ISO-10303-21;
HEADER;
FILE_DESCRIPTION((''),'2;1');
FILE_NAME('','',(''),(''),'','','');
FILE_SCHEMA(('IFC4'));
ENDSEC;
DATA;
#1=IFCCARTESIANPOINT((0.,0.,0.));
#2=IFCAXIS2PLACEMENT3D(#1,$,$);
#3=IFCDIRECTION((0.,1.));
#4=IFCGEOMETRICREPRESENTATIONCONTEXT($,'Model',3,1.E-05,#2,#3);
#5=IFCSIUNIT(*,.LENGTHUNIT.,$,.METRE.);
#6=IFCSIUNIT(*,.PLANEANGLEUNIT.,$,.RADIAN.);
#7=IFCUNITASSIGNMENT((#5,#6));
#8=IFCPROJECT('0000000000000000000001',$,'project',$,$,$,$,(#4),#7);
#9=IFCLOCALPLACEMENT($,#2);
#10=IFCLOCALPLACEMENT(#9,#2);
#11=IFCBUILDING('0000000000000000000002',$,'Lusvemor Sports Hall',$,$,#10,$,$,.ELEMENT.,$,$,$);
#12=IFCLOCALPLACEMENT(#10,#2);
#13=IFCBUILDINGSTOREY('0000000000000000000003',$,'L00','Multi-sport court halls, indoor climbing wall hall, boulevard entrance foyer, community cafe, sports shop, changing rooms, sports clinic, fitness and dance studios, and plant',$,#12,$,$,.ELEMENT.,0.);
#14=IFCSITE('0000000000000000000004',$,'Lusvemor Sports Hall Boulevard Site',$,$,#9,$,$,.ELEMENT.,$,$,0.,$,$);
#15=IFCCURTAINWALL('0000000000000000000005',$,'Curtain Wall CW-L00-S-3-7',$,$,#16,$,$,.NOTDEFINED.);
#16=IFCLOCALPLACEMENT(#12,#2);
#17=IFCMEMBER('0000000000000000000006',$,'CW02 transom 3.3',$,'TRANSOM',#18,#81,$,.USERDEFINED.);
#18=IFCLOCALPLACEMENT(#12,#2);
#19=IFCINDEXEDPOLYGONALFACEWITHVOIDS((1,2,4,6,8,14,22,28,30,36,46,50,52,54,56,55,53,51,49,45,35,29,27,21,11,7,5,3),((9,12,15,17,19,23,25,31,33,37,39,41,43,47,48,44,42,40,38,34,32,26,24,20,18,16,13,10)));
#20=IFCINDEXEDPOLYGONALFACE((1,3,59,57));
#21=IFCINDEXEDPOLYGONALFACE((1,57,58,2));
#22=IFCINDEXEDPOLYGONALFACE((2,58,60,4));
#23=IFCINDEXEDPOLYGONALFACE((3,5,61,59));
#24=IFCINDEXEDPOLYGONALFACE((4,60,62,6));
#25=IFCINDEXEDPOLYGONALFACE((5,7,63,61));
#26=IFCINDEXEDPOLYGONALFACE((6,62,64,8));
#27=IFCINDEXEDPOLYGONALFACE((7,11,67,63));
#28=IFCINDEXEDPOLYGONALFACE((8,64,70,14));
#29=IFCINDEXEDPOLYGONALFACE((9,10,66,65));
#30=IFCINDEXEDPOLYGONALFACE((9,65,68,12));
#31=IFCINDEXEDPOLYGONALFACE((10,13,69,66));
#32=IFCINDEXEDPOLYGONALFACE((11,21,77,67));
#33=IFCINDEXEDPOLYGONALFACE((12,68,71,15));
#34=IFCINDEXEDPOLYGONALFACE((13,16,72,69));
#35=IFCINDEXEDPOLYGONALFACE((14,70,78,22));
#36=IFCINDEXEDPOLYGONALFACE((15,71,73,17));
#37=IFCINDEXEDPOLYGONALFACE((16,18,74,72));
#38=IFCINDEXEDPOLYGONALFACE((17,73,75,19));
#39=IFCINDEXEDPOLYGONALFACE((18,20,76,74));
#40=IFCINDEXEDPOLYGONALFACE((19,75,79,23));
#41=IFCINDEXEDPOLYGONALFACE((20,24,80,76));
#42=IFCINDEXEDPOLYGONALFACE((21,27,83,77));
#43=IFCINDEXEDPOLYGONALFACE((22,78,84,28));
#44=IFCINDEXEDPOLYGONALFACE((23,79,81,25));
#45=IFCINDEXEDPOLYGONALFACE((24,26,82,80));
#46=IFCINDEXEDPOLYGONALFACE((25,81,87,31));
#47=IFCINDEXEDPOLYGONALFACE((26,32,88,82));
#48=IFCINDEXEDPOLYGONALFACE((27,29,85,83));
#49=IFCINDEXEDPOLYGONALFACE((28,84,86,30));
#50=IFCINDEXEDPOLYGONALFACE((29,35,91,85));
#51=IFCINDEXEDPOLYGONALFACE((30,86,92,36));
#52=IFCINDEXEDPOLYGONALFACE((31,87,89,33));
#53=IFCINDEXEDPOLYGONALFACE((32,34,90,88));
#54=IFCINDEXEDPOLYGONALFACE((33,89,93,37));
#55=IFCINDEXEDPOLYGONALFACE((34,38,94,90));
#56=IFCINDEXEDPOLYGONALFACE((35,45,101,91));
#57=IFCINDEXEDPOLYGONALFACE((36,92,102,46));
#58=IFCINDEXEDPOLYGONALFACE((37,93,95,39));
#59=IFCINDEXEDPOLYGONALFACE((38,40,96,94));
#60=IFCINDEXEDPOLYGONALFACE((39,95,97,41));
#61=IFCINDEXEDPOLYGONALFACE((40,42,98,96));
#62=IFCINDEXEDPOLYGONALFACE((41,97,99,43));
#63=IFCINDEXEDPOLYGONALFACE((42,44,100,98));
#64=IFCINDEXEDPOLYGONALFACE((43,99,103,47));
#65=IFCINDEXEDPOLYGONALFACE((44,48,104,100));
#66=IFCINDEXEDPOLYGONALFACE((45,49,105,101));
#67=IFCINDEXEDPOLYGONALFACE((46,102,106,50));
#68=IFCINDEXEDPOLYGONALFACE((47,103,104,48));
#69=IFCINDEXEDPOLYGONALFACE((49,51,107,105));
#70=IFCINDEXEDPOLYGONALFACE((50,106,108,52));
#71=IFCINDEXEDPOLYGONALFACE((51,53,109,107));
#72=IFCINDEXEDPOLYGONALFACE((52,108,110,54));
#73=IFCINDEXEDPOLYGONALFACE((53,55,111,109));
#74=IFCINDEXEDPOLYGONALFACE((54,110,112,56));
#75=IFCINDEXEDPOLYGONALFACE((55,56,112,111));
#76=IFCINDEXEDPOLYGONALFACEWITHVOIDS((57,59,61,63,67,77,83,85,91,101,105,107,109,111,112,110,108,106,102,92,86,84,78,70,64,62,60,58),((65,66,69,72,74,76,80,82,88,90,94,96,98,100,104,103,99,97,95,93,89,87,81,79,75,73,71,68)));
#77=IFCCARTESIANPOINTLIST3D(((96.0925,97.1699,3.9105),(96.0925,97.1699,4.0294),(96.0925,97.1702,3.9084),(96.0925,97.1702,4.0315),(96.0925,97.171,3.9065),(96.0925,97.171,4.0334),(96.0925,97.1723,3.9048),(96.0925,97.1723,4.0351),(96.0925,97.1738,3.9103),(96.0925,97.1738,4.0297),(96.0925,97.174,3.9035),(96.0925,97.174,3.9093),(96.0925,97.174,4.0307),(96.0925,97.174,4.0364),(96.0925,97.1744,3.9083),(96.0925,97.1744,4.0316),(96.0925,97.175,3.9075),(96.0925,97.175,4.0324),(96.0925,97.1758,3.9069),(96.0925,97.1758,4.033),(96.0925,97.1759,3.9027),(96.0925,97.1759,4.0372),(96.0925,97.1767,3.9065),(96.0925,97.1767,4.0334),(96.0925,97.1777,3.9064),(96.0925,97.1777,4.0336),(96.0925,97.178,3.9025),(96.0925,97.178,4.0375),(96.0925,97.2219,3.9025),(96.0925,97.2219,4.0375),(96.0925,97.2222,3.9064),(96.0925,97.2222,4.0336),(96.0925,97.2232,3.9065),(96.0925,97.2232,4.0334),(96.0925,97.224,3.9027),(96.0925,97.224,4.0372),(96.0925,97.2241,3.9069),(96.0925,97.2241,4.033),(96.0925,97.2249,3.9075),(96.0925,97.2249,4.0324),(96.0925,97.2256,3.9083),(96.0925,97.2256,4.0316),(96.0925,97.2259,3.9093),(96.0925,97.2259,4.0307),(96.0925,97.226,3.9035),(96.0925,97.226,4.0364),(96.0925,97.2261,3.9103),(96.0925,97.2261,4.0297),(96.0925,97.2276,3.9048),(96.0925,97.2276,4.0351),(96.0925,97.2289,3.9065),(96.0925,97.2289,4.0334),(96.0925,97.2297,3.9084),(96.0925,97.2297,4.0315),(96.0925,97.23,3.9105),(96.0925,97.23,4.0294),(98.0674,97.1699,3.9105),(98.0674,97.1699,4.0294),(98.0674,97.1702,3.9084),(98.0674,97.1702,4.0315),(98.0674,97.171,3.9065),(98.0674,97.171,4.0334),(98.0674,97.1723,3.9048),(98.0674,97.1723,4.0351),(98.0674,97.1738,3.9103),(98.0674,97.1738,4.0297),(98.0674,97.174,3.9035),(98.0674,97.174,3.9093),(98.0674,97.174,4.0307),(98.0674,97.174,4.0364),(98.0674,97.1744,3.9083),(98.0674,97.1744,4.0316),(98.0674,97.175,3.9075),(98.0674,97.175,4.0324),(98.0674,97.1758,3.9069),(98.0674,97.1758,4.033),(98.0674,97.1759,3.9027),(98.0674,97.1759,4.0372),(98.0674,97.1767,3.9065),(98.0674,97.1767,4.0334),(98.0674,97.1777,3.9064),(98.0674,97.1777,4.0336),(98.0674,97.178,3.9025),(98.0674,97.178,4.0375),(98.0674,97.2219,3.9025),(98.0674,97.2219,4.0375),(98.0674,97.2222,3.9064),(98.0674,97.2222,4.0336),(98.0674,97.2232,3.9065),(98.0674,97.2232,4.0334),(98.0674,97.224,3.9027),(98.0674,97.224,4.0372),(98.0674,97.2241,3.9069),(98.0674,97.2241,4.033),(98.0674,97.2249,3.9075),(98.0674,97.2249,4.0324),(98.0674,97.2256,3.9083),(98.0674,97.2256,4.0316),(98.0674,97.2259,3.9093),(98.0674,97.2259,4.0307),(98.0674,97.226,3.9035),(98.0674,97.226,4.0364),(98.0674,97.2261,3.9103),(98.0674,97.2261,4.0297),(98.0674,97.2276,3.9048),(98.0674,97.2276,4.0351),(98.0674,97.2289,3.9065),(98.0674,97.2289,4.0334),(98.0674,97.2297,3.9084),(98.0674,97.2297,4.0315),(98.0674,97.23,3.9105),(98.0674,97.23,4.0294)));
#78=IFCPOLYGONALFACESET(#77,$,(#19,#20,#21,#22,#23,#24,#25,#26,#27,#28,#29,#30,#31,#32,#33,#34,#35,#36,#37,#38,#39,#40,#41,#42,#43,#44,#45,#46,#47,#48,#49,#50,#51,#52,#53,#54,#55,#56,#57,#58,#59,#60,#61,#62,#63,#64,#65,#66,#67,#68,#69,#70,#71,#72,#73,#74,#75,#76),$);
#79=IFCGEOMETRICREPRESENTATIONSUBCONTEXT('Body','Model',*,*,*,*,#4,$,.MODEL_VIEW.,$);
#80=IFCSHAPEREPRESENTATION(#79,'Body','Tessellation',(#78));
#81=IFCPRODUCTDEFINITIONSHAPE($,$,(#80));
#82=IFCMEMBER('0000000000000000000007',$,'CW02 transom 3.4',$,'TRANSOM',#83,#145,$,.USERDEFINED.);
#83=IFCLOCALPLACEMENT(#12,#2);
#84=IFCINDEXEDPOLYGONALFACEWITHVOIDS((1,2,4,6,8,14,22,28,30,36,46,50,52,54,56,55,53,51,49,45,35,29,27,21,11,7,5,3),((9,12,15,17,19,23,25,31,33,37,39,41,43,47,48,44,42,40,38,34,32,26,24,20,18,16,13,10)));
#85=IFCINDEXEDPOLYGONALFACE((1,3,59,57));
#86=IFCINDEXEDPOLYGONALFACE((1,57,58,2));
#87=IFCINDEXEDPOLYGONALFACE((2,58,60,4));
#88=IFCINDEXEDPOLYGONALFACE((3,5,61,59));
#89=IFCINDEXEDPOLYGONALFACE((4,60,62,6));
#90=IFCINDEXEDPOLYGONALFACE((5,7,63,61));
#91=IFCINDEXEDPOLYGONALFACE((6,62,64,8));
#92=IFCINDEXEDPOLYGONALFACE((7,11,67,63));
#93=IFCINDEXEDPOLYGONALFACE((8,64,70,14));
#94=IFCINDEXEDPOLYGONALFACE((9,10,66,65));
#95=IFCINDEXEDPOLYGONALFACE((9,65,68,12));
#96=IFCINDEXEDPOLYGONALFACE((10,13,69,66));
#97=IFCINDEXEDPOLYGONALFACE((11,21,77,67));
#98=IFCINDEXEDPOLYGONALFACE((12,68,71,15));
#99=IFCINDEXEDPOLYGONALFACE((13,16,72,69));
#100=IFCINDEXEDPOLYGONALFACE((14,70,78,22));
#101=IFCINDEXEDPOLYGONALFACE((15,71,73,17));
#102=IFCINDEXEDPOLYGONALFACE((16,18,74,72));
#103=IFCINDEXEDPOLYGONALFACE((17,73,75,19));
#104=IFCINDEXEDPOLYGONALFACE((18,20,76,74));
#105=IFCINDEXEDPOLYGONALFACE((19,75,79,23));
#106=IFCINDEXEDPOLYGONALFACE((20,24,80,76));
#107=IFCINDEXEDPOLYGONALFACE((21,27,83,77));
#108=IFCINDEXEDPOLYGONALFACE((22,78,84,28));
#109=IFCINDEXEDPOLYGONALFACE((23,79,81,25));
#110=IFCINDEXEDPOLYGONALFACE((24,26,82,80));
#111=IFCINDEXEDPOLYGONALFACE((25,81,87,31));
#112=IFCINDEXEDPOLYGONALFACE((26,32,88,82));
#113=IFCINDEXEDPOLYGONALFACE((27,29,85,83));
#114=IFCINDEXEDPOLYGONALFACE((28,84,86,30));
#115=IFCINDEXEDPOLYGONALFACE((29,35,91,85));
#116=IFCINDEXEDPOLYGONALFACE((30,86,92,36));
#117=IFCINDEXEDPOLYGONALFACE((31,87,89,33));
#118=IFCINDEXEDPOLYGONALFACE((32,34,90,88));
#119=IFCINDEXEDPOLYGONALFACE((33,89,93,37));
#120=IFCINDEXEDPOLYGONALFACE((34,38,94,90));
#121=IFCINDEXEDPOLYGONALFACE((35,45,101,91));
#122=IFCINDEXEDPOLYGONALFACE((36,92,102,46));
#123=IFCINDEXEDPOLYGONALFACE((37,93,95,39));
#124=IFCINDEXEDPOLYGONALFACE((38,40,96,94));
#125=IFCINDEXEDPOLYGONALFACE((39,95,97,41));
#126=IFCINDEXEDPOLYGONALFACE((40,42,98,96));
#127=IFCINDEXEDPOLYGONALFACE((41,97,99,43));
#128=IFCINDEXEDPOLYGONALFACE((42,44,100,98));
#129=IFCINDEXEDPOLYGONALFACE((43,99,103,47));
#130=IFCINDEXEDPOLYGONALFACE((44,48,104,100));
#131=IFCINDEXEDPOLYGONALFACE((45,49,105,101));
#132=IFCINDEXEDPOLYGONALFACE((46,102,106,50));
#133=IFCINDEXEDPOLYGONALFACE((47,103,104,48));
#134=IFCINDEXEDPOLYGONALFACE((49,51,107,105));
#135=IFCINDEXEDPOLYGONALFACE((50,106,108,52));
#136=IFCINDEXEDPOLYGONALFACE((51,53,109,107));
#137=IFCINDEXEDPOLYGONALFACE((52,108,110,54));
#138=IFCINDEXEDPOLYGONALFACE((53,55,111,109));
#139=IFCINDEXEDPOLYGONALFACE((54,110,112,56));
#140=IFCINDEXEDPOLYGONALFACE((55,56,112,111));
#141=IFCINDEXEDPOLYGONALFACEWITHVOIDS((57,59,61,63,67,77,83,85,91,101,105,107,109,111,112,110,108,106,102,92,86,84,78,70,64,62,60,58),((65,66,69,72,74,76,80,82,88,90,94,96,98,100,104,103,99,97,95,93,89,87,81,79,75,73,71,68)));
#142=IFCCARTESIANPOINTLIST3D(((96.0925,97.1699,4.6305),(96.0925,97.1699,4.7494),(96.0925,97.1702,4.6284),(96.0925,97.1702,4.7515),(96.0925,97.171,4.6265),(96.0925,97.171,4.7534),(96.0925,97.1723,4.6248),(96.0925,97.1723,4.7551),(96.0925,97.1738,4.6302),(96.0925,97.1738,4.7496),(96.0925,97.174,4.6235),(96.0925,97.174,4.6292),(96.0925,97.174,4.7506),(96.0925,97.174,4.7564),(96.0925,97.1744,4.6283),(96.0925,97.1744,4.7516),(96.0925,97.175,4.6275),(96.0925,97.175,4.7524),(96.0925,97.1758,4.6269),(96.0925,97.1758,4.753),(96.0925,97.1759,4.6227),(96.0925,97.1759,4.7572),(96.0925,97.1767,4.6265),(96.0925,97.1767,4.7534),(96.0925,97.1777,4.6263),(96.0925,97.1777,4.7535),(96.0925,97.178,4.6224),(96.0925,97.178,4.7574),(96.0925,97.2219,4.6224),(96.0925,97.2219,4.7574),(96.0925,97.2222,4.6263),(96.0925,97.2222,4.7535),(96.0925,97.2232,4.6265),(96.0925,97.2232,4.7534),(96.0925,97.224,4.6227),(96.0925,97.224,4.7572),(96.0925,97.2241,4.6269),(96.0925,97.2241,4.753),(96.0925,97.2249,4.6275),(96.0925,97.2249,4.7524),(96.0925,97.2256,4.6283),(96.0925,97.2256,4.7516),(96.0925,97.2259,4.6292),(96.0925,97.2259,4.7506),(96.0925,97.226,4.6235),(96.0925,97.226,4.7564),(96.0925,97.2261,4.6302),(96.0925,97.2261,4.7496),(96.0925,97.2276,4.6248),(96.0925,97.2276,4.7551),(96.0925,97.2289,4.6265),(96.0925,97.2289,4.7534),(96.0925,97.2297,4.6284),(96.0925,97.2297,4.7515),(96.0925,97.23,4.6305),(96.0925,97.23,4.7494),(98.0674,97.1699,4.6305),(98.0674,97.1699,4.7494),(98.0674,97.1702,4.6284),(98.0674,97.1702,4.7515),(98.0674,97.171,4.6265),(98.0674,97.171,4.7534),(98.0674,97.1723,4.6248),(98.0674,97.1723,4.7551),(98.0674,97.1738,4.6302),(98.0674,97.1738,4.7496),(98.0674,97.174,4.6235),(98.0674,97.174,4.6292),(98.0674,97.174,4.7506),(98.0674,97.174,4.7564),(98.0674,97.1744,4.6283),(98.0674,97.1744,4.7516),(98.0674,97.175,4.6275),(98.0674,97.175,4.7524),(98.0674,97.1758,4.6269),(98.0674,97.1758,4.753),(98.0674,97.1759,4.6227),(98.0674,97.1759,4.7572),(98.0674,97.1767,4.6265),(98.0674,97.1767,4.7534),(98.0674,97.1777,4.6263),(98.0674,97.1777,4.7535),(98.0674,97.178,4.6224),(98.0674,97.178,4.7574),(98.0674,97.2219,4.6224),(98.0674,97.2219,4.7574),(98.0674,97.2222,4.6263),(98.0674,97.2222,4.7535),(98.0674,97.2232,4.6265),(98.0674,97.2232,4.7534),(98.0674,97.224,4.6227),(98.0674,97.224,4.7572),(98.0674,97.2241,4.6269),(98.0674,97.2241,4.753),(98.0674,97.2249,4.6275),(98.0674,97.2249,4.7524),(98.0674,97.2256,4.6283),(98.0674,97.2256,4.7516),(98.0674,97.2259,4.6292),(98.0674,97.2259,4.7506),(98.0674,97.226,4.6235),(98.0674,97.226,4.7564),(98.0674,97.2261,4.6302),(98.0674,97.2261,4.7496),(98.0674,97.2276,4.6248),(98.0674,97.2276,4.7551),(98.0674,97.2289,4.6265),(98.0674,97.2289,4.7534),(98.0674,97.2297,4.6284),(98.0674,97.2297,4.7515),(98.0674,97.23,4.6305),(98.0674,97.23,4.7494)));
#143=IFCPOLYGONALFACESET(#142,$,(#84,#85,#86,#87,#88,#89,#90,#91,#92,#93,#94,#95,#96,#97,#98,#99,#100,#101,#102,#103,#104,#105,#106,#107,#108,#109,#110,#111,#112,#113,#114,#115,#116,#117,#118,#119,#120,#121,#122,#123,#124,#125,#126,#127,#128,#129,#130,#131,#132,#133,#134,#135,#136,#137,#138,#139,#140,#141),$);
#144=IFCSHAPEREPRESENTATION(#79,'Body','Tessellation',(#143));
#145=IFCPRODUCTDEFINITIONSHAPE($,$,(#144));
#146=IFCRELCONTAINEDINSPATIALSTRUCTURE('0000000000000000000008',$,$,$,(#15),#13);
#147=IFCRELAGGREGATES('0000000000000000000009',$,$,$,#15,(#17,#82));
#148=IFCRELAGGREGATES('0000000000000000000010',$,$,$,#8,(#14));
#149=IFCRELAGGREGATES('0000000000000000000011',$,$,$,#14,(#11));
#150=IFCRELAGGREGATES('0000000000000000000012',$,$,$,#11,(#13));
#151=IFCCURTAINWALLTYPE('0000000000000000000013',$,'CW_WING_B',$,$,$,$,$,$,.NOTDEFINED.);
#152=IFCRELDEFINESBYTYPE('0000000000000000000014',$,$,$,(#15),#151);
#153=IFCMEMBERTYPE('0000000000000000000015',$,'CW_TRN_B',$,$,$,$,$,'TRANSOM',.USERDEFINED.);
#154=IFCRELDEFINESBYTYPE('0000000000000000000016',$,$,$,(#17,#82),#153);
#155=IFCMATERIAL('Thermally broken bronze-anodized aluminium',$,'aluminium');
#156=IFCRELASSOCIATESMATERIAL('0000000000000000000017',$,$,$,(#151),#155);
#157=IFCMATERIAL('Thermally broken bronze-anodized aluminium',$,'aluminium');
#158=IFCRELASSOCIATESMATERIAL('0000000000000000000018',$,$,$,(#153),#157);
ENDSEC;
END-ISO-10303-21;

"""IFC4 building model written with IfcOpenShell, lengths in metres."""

from ifc_helpers import new_model, si_unit, direction, frame, origin, origin_2d, place, context, subcontext, project, spatial, hollow_rectangle, extrude, material, material_profile, profile_set, type_object, element, aggregate, save


model = new_model("IFC4")

# Units and contexts
model_context = context("Model", 3, precision=1e-05, world=origin(), true_north=direction((0.0, 1.0)))
body_context = subcontext(model_context, "Body", "Model", "MODEL_VIEW")
ifc_project = project(units=[si_unit("LENGTHUNIT", "METRE"), si_unit("PLANEANGLEUNIT", "RADIAN")], contexts=[model_context])

# Site, building, storey
site_placement = place(None, origin())
site = spatial("IfcSite", under=ifc_project, at=site_placement, Name="Lusvemor Sports Hall Boulevard Site", CompositionType="ELEMENT", RefElevation=0.0)
building_placement = place(site_placement, origin())
building = spatial("IfcBuilding", under=site, at=building_placement, Name="Lusvemor Sports Hall", CompositionType="ELEMENT")
storey_placement = place(building_placement, origin())
storey = spatial("IfcBuildingStorey", under=building, at=storey_placement, Name="L00", Description="Multi-sport court halls, indoor climbing wall hall, boulevard entrance foyer, community cafe, sports shop, changing rooms, sports clinic, fitness and dance studios, and plant", CompositionType="ELEMENT", Elevation=0.0)

# Curtain wall, members
ifc_material_1 = material(Name="Thermally broken bronze-anodized aluminium", Category="aluminium")
curtain_wall_type = type_object("IfcCurtainWallType", Name="CW_WING_B", PredefinedType="NOTDEFINED", material=ifc_material_1)
curtain_wall_placement = place(storey_placement, origin())
curtain_wall = element("IfcCurtainWall", 1, at=curtain_wall_placement, inside=storey, type_object=curtain_wall_type, Name="Curtain Wall CW-L00-S-3-7", PredefinedType="NOTDEFINED")
ifc_material_2 = material(Name="Thermally broken bronze-anodized aluminium", Category="aluminium")
ifc_material_profile_1 = material_profile(ifc_material_2, hollow_rectangle(XDim=0.0601, YDim=0.135, WallThickness=0.0039, InnerFilletRadius=0.0039, OuterFilletRadius=0.0081, at=origin_2d()), Name="CWTRN135x60x4")
ifc_profile_set_1 = profile_set([ifc_material_profile_1], Name="Thermally broken bronze-anodized aluminium")
member_type_1 = type_object("IfcMemberType", Name="CW_TRN_B", ElementType="TRANSOM", PredefinedType="USERDEFINED", material=ifc_profile_set_1)
member_1_placement = place(storey_placement, frame((98.0674, 97.2, 3.97), z_axis=(-1.0, 0.0, 0.0), x_axis=(0.0, -1.0, 0.0)))
member_1 = element("IfcMember", 2, at=member_1_placement, type_object=member_type_1, Name="CW02 transom 3.3", ObjectType="TRANSOM", PredefinedType="USERDEFINED", context=body_context, shape_type="SweptSolid", body=[
    extrude(hollow_rectangle(XDim=0.0601, YDim=0.135, WallThickness=0.0039, InnerFilletRadius=0.0039, OuterFilletRadius=0.0081, at=origin_2d()), origin(), (0.0, 0.0, 1.0), 1.9749),
])
member_2_placement = place(storey_placement, frame((98.0674, 97.2, 4.6899), z_axis=(-1.0, 0.0, 0.0), x_axis=(0.0, -1.0, 0.0)))
member_2 = element("IfcMember", 3, at=member_2_placement, type_object=member_type_1, Name="CW02 transom 3.4", ObjectType="TRANSOM", PredefinedType="USERDEFINED", context=body_context, shape_type="SweptSolid", body=[
    extrude(hollow_rectangle(XDim=0.0601, YDim=0.135, WallThickness=0.0039, InnerFilletRadius=0.0039, OuterFilletRadius=0.0081, at=origin_2d()), origin(), (0.0, 0.0, 1.0), 1.9749),
])
aggregate(curtain_wall, [member_1, member_2])

save(model, "model.ifc")
